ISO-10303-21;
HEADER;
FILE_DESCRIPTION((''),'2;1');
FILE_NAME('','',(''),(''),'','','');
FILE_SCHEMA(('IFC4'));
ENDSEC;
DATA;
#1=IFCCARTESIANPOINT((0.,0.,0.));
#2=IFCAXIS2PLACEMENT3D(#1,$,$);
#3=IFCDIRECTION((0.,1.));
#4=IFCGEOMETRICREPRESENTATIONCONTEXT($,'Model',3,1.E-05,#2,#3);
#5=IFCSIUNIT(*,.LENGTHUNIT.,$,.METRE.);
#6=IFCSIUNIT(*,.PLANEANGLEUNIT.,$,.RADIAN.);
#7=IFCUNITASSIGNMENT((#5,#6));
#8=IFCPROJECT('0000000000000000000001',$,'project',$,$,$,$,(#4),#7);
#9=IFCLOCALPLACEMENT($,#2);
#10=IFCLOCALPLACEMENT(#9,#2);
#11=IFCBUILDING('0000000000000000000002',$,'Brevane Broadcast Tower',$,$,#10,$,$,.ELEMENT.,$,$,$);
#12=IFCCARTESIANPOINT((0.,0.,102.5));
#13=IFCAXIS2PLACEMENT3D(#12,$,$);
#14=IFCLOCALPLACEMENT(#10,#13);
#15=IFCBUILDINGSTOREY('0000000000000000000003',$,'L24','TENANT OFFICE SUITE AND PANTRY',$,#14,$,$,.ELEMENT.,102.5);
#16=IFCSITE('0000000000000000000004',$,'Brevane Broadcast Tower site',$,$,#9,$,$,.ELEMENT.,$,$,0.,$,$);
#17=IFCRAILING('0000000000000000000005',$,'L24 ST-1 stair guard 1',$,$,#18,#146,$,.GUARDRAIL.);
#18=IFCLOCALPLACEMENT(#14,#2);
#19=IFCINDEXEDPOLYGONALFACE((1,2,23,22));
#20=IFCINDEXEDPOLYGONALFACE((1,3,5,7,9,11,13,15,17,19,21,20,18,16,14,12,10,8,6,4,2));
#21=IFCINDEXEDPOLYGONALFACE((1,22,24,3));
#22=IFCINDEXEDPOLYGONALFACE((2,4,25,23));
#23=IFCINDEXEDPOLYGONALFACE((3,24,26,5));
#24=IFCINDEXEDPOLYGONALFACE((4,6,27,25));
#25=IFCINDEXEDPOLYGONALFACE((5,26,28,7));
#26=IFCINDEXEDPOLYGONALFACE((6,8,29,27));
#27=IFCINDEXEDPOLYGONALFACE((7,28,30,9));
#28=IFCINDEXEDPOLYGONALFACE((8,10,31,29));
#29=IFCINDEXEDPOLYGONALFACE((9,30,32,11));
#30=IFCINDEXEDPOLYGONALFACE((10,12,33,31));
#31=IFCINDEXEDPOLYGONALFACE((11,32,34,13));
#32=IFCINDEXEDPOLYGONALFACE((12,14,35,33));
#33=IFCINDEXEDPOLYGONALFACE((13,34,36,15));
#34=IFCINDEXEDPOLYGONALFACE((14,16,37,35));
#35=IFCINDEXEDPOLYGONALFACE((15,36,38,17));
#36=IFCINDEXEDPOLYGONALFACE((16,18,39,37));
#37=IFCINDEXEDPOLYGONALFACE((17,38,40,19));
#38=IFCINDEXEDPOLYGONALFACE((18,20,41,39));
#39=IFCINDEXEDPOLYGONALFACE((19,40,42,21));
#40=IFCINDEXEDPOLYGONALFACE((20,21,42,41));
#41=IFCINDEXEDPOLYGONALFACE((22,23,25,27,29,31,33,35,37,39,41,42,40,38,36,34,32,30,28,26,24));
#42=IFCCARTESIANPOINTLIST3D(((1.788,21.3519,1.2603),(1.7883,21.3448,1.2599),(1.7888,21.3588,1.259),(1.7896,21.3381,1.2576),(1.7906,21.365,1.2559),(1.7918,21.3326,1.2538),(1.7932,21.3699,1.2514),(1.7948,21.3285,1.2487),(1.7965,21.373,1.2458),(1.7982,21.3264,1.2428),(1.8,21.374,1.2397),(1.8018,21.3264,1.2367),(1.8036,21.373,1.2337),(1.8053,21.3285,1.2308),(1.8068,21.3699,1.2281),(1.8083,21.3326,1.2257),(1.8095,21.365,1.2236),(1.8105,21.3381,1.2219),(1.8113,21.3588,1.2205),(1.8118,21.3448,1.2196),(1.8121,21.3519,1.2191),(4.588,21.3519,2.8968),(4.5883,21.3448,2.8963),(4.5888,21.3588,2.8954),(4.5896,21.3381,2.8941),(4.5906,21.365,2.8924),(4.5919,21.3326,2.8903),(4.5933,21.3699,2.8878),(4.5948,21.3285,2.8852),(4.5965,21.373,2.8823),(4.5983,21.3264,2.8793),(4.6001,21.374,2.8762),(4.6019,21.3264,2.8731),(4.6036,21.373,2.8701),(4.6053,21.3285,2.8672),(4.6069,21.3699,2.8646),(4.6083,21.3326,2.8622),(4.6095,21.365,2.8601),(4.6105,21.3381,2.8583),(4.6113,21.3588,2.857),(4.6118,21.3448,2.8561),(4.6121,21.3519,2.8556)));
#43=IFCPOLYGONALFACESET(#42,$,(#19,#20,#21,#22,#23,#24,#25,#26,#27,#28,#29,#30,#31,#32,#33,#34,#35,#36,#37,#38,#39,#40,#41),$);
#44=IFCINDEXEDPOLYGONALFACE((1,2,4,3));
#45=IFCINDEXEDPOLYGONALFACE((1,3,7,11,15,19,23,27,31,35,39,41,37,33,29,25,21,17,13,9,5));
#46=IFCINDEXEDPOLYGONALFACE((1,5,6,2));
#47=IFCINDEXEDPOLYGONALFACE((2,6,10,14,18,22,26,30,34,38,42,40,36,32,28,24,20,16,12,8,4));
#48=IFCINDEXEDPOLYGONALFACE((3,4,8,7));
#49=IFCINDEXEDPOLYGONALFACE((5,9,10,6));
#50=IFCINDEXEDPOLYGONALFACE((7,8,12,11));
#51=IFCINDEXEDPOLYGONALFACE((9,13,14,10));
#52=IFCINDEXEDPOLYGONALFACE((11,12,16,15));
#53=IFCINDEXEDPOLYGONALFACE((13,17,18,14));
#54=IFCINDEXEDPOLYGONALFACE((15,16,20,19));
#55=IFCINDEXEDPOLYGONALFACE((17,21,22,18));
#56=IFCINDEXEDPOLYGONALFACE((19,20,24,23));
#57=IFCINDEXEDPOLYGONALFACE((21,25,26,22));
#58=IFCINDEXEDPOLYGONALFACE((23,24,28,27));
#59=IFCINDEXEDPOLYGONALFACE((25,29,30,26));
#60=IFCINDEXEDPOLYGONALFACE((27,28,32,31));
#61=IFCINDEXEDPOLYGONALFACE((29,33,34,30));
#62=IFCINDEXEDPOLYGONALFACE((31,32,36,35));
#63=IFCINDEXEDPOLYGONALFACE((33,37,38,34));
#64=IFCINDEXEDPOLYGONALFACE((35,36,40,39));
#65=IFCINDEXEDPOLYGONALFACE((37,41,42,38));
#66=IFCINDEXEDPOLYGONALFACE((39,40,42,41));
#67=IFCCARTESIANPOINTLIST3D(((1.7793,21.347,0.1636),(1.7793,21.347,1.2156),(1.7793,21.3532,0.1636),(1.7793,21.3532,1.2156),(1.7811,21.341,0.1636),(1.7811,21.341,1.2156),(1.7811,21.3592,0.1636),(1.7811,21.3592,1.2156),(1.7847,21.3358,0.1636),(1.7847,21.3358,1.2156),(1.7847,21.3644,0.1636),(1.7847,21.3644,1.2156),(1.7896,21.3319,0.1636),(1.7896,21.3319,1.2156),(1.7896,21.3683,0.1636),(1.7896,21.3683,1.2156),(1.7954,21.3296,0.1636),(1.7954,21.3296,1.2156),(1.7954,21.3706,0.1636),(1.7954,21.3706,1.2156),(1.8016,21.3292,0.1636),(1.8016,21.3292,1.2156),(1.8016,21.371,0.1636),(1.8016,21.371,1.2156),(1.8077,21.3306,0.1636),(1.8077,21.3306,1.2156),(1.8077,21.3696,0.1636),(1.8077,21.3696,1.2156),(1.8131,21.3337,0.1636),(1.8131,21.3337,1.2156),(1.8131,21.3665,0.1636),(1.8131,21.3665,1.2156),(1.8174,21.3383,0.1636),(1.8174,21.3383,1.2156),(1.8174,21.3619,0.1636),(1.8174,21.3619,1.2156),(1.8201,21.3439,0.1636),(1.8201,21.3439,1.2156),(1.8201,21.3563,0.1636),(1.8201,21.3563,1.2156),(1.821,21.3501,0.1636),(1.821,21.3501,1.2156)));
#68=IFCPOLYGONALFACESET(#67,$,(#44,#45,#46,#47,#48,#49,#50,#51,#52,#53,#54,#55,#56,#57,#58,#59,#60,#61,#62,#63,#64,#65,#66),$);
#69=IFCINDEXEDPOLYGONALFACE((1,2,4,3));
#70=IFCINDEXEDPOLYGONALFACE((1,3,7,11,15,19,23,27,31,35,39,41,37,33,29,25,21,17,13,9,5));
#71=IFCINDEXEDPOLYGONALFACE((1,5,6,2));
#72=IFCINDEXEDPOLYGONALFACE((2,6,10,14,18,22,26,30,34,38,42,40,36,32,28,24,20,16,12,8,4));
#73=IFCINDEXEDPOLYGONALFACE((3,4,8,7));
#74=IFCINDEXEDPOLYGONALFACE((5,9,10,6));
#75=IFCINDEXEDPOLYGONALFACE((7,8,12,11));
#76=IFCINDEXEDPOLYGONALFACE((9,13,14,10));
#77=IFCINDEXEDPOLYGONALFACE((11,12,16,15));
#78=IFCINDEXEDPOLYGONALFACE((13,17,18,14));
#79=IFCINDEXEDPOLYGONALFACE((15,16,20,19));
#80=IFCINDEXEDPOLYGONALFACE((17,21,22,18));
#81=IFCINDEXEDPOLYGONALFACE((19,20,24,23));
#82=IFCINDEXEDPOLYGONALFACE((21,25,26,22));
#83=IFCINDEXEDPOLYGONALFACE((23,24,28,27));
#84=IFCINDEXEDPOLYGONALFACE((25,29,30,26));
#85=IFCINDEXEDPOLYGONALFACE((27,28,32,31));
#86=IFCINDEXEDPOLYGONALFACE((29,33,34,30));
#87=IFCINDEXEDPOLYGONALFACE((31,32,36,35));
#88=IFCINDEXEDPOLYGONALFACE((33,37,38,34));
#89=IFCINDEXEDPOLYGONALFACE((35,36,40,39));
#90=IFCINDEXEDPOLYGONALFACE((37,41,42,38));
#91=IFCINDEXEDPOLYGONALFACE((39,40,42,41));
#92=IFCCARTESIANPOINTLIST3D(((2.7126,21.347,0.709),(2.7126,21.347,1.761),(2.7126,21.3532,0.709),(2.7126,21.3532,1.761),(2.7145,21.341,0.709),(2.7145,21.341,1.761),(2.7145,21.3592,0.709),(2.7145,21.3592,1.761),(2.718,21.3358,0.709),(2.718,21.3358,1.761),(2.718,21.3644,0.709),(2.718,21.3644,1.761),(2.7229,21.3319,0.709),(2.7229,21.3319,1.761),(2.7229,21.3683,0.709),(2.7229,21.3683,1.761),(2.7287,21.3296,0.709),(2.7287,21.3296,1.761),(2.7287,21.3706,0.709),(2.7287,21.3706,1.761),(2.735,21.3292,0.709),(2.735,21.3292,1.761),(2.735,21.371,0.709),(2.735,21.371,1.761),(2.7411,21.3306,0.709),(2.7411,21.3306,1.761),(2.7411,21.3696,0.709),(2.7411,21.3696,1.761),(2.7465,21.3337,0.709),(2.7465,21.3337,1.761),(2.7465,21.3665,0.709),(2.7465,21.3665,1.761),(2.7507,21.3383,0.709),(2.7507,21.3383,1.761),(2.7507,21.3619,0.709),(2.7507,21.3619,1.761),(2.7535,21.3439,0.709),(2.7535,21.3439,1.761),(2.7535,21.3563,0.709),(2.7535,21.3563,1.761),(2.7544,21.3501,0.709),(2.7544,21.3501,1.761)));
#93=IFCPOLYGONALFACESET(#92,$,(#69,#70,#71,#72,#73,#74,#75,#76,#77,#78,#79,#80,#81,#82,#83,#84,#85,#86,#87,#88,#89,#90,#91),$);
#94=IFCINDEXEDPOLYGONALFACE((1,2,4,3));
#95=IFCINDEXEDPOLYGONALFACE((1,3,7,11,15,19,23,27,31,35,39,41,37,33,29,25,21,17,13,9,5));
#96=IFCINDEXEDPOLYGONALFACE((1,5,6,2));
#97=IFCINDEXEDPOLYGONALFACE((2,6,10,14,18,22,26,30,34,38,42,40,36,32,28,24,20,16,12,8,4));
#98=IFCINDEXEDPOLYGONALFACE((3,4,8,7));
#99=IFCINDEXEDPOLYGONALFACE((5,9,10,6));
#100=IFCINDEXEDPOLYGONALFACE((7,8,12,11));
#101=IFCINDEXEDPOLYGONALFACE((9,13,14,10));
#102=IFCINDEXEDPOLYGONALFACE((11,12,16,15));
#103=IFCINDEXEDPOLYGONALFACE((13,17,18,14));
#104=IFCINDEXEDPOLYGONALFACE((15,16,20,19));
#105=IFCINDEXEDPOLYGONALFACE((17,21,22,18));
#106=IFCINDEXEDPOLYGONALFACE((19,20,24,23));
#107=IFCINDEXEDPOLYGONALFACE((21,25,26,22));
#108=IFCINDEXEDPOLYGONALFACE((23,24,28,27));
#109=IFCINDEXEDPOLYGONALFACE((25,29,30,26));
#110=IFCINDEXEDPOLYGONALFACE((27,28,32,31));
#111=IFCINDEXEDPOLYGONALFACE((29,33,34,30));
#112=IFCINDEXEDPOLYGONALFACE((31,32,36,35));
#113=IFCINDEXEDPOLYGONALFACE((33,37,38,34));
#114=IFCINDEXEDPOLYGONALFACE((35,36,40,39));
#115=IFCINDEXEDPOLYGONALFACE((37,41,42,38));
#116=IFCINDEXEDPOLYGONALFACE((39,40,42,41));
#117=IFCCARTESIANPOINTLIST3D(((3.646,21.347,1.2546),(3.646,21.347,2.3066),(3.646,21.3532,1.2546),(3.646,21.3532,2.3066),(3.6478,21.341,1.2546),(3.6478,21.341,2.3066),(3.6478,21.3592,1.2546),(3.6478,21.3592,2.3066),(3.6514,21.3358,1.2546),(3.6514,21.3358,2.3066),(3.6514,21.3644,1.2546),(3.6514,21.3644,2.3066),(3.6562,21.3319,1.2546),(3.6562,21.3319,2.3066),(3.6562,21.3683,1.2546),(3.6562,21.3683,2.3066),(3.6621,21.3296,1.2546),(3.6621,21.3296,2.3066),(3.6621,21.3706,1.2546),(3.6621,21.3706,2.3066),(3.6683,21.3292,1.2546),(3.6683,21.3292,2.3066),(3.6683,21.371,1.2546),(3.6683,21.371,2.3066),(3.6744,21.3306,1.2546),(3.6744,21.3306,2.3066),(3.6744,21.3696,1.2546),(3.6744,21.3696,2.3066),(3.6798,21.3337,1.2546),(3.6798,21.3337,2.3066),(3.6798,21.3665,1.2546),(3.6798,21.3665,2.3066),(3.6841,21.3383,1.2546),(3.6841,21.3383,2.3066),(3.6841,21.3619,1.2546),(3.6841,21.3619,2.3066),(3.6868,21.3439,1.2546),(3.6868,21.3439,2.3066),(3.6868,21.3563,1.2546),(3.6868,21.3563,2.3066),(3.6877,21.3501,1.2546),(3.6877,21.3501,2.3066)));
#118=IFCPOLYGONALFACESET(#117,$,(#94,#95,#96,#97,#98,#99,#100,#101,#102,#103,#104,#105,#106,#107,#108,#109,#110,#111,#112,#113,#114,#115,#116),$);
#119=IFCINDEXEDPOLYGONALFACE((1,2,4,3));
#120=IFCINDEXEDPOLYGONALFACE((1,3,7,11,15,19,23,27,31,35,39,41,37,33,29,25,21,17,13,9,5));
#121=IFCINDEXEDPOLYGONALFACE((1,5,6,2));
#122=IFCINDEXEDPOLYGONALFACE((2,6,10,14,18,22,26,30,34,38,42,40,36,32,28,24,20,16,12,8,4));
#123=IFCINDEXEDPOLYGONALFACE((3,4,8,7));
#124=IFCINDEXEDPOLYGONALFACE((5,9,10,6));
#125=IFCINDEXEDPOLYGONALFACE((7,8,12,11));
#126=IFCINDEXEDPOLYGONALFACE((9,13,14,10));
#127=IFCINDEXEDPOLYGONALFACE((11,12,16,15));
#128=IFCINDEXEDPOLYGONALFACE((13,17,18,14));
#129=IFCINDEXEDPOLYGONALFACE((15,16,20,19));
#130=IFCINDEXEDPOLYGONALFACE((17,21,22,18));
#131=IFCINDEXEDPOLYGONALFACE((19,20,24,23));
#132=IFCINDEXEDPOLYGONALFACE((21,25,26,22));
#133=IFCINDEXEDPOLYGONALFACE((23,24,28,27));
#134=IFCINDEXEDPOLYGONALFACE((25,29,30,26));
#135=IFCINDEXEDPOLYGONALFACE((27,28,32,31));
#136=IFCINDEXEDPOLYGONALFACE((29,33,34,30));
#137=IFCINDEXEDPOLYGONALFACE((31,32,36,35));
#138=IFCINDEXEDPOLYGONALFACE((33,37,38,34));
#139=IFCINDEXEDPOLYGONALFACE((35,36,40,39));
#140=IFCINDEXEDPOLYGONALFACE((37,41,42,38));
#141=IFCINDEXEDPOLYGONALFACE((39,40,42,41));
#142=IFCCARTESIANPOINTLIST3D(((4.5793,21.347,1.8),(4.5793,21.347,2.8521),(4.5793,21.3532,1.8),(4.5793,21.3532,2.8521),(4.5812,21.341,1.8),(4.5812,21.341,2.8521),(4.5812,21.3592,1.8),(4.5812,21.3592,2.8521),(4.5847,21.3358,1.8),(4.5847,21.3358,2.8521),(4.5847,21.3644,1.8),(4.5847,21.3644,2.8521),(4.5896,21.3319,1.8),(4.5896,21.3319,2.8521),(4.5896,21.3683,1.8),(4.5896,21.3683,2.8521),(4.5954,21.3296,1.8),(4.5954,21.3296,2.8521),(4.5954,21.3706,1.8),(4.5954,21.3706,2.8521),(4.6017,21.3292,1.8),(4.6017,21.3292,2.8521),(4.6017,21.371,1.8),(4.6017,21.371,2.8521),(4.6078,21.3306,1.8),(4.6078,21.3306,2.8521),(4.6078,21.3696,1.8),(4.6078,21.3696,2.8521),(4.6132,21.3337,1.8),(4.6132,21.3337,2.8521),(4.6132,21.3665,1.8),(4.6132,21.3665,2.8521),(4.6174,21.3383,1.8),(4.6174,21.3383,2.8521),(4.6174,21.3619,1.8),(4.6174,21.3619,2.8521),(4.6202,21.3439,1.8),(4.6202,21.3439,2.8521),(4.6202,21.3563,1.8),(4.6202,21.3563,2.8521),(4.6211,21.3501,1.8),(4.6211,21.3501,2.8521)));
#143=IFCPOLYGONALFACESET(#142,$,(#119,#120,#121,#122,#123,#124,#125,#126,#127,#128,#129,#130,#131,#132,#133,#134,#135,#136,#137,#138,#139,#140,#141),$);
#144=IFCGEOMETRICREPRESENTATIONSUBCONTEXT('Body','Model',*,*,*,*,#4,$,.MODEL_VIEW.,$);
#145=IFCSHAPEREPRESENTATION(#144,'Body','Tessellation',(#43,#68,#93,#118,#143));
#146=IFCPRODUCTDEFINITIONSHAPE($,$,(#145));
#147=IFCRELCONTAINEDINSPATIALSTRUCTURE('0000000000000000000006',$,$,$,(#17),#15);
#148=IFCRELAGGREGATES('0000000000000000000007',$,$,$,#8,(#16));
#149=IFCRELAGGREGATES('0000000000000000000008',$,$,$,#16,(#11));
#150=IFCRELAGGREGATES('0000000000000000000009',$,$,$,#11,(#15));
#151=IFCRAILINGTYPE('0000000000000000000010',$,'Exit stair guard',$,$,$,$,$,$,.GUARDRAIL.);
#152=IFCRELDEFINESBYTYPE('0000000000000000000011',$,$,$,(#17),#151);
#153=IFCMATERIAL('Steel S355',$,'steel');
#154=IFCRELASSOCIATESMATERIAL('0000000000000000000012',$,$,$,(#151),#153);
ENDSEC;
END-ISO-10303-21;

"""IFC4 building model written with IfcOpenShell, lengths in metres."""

from ifc_helpers import new_model, si_unit, direction, frame, origin, origin_2d, place, context, subcontext, project, spatial, circle, extrude, material, type_object, element, save


model = new_model("IFC4")

# Units and contexts
model_context = context("Model", 3, precision=1e-05, world=origin(), true_north=direction((0.0, 1.0)))
body_context = subcontext(model_context, "Body", "Model", "MODEL_VIEW")
ifc_project = project(units=[si_unit("LENGTHUNIT", "METRE"), si_unit("PLANEANGLEUNIT", "RADIAN")], contexts=[model_context])

# Site, building, storey
site_placement = place(None, origin())
site = spatial("IfcSite", under=ifc_project, at=site_placement, Name="Brevane Broadcast Tower site", CompositionType="ELEMENT", RefElevation=0.0)
building_placement = place(site_placement, origin())
building = spatial("IfcBuilding", under=site, at=building_placement, Name="Brevane Broadcast Tower", CompositionType="ELEMENT")
storey_placement = place(building_placement, frame((0.0, 0.0, 102.5)))
storey = spatial("IfcBuildingStorey", under=building, at=storey_placement, Name="L24", Description="TENANT OFFICE SUITE AND PANTRY", CompositionType="ELEMENT", Elevation=102.5)

# Railing
ifc_material_1 = material(Name="Steel S355", Category="steel")
railing_type = type_object("IfcRailingType", Name="Exit stair guard", PredefinedType="GUARDRAIL", material=ifc_material_1)
railing_placement = place(storey_placement, frame((1.8, 21.3501, 0.1636)))
element("IfcRailing", 1, at=railing_placement, inside=storey, type_object=railing_type, Name="L24 ST-1 stair guard 1", PredefinedType="GUARDRAIL", context=body_context, shape_type="SweptSolid", body=[
    extrude(circle(Radius=0.0239, at=origin_2d()), frame((0.0, 0.0, 1.0762), z_axis=(0.863361, 0.0, 0.504587), x_axis=(0.0, 1.0, 0.0)), (0.0, 0.0, 1.0), 3.2432),
    extrude(circle(Radius=0.021, at=origin_2d()), origin(), (0.0, 0.0, 1.0), 1.052),
    extrude(circle(Radius=0.021, at=origin_2d()), frame((0.9333, 0.0, 0.5454)), (0.0, 0.0, 1.0), 1.052),
    extrude(circle(Radius=0.021, at=origin_2d()), frame((1.8667, 0.0, 1.0911)), (0.0, 0.0, 1.0), 1.052),
    extrude(circle(Radius=0.021, at=origin_2d()), frame((2.8, 0.0, 1.6365)), (0.0, 0.0, 1.0), 1.052),
])

save(model, "model.ifc")
